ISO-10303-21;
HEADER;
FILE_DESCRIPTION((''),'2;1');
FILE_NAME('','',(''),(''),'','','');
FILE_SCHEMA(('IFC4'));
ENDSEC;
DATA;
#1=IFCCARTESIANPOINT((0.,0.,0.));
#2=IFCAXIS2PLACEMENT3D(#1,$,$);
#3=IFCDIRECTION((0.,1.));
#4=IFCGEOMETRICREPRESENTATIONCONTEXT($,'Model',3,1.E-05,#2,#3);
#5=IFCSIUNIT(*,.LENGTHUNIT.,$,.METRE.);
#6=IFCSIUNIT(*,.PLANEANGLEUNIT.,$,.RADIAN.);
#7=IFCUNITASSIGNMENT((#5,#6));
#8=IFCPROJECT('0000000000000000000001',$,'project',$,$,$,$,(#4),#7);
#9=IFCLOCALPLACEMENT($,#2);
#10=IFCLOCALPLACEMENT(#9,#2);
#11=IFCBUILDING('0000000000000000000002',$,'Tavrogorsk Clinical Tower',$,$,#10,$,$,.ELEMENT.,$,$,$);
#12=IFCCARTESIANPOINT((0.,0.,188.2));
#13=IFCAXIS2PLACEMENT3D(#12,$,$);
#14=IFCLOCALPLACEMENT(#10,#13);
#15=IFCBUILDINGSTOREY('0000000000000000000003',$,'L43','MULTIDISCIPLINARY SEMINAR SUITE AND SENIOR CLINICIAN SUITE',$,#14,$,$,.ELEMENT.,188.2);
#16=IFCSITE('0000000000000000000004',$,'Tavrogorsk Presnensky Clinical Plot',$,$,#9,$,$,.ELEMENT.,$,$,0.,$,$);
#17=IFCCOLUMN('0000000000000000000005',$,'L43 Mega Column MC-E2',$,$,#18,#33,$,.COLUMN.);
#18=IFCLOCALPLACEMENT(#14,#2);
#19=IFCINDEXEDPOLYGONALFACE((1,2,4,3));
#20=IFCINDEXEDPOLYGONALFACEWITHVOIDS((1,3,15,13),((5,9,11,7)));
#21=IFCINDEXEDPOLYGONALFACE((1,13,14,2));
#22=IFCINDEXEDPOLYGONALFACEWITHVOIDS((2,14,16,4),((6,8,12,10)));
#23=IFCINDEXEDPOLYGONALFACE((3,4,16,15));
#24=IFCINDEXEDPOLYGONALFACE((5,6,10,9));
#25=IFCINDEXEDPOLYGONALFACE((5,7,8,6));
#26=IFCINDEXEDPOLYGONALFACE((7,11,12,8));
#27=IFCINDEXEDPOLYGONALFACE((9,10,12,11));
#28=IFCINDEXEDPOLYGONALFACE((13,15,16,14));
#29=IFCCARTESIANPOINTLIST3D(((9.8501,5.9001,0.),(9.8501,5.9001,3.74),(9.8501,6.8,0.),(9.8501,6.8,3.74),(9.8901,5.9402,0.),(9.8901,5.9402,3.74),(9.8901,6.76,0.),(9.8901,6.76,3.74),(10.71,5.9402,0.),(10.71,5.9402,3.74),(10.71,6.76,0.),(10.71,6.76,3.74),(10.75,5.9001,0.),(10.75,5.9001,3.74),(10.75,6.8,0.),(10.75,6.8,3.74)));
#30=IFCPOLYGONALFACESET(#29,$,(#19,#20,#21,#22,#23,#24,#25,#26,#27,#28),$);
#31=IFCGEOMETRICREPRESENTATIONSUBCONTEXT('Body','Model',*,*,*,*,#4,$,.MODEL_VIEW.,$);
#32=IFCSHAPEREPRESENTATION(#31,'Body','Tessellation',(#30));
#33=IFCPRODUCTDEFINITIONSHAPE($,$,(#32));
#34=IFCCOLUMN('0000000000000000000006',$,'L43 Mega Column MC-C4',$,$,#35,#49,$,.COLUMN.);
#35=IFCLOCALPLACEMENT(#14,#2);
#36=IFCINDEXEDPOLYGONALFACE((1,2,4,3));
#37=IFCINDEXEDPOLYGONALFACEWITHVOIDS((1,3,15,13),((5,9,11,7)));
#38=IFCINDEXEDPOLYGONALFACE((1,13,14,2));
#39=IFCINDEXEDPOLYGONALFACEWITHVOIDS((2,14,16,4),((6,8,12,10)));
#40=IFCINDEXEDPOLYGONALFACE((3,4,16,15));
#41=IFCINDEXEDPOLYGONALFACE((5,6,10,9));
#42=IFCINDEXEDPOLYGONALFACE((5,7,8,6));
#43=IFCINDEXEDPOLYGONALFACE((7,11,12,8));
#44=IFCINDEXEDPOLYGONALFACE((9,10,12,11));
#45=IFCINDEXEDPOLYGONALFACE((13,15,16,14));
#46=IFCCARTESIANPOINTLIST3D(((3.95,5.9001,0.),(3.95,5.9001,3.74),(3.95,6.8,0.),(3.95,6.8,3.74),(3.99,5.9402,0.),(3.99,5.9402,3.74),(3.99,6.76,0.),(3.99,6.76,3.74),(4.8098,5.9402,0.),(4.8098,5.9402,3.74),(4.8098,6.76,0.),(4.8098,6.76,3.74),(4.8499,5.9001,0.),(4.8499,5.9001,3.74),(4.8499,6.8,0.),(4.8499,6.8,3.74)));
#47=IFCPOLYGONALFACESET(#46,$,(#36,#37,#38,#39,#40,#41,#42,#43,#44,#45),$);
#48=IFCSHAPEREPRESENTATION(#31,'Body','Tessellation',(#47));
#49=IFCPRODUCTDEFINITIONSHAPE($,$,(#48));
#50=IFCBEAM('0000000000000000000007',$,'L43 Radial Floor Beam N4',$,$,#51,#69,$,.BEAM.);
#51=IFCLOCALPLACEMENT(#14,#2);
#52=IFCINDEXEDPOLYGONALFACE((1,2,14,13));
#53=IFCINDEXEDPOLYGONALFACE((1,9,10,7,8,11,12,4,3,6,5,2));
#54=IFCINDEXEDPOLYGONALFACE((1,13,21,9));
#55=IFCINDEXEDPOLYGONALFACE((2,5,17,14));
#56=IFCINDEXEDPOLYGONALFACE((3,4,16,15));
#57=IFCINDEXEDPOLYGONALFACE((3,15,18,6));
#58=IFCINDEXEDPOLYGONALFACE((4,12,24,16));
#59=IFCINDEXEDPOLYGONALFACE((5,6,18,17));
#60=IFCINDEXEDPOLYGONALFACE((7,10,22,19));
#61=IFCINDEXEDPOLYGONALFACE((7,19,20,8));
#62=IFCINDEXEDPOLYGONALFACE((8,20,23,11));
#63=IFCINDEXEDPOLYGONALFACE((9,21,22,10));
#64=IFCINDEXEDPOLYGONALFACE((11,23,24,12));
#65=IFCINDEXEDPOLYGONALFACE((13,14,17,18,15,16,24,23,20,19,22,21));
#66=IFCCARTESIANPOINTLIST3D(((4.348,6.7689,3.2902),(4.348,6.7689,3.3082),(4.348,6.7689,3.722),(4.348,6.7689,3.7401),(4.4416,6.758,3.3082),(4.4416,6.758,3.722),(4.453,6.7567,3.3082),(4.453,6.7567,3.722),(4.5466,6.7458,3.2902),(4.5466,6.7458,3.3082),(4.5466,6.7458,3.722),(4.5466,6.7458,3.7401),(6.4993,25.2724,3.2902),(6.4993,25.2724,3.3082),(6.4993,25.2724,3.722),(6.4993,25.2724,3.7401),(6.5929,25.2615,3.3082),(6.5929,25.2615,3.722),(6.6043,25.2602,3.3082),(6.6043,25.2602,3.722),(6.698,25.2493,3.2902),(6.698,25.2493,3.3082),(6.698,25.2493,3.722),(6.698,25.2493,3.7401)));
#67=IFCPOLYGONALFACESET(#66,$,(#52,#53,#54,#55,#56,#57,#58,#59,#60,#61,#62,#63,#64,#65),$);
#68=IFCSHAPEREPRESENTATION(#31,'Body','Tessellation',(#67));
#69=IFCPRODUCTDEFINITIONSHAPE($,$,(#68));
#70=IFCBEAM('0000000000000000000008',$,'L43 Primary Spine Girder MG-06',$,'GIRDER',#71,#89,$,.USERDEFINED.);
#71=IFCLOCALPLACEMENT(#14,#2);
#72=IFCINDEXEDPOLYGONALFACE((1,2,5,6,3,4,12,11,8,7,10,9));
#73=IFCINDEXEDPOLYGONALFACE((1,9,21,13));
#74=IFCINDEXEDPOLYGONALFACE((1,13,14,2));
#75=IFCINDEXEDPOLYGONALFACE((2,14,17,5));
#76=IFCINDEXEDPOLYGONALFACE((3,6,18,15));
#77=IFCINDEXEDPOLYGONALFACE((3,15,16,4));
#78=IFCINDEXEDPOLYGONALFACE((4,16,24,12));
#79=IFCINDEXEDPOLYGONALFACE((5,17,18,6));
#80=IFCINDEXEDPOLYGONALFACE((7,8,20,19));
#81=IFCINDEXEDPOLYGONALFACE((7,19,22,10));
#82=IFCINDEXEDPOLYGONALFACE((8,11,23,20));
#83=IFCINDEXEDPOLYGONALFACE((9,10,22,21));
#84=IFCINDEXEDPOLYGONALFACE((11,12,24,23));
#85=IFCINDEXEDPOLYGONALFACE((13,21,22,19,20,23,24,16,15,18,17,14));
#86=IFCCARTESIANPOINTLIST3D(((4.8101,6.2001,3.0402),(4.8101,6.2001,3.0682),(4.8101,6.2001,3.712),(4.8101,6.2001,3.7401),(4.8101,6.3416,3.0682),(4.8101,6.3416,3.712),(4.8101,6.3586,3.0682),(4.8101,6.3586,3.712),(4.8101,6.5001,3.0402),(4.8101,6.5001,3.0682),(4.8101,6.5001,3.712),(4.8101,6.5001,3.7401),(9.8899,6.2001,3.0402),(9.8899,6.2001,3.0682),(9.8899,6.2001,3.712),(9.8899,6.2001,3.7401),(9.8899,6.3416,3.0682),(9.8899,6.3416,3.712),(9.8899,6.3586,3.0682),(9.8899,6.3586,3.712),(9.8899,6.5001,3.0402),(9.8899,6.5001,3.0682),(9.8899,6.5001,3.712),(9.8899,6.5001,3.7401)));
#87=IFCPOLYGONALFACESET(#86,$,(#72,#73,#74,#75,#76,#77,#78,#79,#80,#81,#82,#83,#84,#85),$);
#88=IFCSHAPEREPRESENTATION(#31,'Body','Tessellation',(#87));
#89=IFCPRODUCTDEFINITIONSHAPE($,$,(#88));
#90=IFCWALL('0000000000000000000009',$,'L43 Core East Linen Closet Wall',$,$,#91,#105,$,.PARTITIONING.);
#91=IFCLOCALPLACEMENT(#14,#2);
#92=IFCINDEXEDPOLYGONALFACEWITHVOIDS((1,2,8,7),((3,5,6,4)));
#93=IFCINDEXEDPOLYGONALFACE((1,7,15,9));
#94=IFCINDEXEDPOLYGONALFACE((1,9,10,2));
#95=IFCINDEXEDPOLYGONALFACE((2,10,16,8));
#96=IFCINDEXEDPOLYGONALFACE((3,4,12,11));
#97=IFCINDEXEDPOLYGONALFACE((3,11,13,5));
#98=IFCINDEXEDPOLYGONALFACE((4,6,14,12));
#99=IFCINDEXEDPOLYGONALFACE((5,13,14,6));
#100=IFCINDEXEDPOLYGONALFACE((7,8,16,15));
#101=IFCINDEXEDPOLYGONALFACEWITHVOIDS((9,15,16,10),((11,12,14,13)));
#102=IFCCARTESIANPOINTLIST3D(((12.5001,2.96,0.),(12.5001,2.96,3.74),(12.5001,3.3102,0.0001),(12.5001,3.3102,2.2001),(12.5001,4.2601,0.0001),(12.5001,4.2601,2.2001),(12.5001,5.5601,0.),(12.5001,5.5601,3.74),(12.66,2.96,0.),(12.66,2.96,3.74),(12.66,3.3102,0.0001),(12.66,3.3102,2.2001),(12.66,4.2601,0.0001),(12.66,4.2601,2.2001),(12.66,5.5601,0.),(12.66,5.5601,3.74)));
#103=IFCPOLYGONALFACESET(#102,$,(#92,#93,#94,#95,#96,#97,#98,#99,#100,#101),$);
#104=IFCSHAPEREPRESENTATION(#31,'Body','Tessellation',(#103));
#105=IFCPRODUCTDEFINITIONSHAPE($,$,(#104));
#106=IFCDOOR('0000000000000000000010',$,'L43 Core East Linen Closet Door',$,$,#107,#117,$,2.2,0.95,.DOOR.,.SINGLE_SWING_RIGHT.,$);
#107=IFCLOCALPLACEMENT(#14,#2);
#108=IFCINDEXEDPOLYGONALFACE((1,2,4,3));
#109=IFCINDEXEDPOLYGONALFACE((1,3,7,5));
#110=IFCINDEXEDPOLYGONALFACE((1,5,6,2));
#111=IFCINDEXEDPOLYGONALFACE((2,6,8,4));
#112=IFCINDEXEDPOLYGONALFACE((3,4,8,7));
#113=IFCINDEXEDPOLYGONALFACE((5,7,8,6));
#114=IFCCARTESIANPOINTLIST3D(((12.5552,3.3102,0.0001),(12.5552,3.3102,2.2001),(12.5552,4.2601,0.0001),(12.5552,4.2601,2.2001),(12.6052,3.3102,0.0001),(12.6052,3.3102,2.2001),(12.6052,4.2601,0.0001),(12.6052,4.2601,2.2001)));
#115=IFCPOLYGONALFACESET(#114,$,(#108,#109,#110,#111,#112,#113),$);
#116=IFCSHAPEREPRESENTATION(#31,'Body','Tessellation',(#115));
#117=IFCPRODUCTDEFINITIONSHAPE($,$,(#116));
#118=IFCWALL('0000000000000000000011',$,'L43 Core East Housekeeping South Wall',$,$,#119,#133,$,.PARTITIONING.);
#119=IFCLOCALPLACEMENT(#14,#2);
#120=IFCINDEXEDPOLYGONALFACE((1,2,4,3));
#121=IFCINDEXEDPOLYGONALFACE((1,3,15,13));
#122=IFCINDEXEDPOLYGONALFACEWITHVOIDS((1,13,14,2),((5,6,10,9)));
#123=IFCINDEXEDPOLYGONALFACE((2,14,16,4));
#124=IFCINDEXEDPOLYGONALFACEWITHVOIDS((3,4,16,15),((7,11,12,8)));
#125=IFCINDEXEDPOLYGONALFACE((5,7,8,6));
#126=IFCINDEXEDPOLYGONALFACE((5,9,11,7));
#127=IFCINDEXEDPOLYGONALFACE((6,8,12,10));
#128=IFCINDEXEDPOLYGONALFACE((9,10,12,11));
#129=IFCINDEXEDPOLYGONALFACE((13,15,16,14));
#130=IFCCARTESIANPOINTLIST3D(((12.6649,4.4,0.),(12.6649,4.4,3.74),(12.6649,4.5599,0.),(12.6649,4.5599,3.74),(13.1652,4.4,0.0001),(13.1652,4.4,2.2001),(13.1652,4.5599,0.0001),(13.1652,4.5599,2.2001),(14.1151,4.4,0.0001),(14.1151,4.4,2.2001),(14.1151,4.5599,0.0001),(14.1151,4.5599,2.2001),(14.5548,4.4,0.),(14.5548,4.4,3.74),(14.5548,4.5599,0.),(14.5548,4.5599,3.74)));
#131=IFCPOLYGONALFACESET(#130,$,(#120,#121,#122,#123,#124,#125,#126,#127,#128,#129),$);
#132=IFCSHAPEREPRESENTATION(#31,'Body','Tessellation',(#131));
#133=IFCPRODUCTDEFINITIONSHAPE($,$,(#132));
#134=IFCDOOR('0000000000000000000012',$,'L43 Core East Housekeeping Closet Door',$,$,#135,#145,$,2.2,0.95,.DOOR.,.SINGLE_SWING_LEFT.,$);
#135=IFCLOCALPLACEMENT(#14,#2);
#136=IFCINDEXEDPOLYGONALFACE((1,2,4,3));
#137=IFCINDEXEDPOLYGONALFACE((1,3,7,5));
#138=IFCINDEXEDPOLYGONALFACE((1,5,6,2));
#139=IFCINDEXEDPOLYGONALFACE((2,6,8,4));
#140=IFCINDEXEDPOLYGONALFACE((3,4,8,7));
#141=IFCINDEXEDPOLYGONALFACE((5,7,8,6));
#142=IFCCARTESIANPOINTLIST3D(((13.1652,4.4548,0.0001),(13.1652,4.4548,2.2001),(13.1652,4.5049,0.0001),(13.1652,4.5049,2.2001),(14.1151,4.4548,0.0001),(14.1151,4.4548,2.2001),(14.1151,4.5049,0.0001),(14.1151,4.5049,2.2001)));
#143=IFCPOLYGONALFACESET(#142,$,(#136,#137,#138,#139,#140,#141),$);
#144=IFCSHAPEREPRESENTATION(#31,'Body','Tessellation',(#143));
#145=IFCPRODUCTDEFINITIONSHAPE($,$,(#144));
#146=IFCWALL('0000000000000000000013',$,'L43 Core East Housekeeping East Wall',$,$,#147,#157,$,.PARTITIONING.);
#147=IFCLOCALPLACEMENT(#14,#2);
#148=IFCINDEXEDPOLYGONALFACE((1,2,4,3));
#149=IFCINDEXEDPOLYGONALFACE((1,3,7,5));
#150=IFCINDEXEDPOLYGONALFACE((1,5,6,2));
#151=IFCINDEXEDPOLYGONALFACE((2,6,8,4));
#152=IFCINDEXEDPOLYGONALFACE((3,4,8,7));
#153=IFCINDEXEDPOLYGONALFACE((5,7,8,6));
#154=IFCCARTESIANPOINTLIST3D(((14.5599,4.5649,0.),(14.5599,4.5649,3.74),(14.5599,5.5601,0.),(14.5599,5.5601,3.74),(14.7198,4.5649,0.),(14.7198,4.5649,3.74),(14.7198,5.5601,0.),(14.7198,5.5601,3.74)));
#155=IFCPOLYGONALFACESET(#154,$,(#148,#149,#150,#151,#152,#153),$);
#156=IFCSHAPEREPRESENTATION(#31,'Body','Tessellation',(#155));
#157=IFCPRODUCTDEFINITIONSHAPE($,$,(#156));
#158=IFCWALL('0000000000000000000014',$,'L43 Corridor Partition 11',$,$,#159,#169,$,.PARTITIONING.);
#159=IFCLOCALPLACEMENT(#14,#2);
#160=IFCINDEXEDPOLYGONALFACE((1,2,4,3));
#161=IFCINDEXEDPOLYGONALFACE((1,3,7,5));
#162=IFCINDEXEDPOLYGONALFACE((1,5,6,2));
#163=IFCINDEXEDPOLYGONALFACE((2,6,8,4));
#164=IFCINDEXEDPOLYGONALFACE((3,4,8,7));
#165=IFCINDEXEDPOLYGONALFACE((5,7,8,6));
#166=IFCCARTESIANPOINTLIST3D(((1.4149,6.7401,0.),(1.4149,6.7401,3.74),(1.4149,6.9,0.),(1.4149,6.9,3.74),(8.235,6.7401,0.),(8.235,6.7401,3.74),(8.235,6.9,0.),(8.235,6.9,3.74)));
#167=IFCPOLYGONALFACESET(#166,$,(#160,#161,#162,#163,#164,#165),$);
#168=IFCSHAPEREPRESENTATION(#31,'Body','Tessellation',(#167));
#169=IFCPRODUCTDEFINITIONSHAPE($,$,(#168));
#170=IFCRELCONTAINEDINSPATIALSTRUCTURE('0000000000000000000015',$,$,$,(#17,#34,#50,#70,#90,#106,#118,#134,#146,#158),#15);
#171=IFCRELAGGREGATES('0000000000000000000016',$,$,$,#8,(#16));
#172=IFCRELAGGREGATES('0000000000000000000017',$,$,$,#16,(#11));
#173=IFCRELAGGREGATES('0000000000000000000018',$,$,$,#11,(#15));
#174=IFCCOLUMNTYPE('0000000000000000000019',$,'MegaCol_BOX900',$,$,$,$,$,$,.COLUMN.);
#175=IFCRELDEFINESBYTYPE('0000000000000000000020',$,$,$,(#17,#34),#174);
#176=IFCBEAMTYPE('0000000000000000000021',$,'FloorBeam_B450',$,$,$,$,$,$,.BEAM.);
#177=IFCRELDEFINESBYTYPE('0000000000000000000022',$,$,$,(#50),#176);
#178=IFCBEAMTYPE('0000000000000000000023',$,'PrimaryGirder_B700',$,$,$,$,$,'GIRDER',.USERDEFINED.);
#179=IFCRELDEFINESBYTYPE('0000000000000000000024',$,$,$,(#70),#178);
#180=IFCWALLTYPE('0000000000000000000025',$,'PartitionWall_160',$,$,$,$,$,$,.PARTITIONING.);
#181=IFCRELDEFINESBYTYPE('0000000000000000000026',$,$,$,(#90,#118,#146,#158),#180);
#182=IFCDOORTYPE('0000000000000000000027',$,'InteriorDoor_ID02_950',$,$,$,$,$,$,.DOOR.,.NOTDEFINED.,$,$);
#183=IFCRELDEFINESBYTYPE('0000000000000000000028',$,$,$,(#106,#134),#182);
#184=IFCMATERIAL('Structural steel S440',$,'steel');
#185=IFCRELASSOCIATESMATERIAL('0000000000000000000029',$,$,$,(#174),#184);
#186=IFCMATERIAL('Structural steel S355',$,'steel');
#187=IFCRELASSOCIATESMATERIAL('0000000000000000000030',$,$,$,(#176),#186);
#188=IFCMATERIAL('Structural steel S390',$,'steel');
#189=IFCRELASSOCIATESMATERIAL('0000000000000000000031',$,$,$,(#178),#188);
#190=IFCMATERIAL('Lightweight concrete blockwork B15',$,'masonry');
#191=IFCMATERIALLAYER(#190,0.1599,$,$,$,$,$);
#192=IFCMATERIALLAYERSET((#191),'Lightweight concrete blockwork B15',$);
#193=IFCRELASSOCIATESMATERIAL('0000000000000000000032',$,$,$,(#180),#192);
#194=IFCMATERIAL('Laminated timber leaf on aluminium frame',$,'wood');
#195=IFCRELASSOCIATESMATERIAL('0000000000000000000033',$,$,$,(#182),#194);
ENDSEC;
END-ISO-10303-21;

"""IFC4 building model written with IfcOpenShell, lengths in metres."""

from ifc_helpers import new_model, si_unit, direction, frame, frame_2d, origin, origin_2d, place, context, subcontext, project, spatial, rectangle, hollow_rectangle, i_section, extrude, material, layer, layer_set, material_profile, profile_set, type_object, element, fill, save


model = new_model("IFC4")

# Units and contexts
model_context = context("Model", 3, precision=1e-05, world=origin(), true_north=direction((0.0, 1.0)))
body_context = subcontext(model_context, "Body", "Model", "MODEL_VIEW")
ifc_project = project(units=[si_unit("LENGTHUNIT", "METRE"), si_unit("PLANEANGLEUNIT", "RADIAN")], contexts=[model_context])

# Site, building, storey
site_placement = place(None, origin())
site = spatial("IfcSite", under=ifc_project, at=site_placement, Name="Tavrogorsk Presnensky Clinical Plot", CompositionType="ELEMENT", RefElevation=0.0)
building_placement = place(site_placement, origin())
building = spatial("IfcBuilding", under=site, at=building_placement, Name="Tavrogorsk Clinical Tower", CompositionType="ELEMENT")
storey_placement = place(building_placement, frame((0.0, 0.0, 188.2)))
storey = spatial("IfcBuildingStorey", under=building, at=storey_placement, Name="L43", Description="MULTIDISCIPLINARY SEMINAR SUITE AND SENIOR CLINICIAN SUITE", CompositionType="ELEMENT", Elevation=188.2)

# Columns
ifc_material_1 = material(Name="Structural steel S440", Category="steel")
ifc_material_profile_1 = material_profile(ifc_material_1, hollow_rectangle(XDim=0.8999, YDim=0.8999, WallThickness=0.04, at=origin_2d()), Name="BOX-900x900x40")
ifc_profile_set_1 = profile_set([ifc_material_profile_1], Name="Structural steel S440")
column_type = type_object("IfcColumnType", Name="MegaCol_BOX900", PredefinedType="COLUMN", material=ifc_profile_set_1)
for number, where, z_axis, x_axis, name in (
    (1, (10.3, 6.3501, 0.0), (0.0, 0.0, 1.0), (1.0, 0.0, 0.0), "L43 Mega Column MC-E2"),
    (2, (4.3999, 6.3501, 0.0), (0.0, 0.0, 1.0), (1.0, 0.0, 0.0), "L43 Mega Column MC-C4"),
):
    element("IfcColumn", number, at=place(storey_placement, frame(where, z_axis=z_axis, x_axis=x_axis)), inside=storey, type_object=column_type, Name=name, PredefinedType="COLUMN", context=body_context, shape_type="SweptSolid", body=[
        extrude(hollow_rectangle(XDim=0.8999, YDim=0.8999, WallThickness=0.04, at=origin_2d()), origin(), (0.0, 0.0, 1.0), 3.74),
    ])

# Beams
ifc_material_2 = material(Name="Structural steel S355", Category="steel")
ifc_material_profile_2 = material_profile(ifc_material_2, i_section(OverallWidth=0.2, OverallDepth=0.45, WebThickness=0.0115, FlangeThickness=0.0181, at=origin_2d()), Name="B-450x200x11.5x18")
ifc_profile_set_2 = profile_set([ifc_material_profile_2], Name="Structural steel S355")
beam_type_1 = type_object("IfcBeamType", Name="FloorBeam_B450", PredefinedType="BEAM", material=ifc_profile_set_2)
beam_1_placement = place(storey_placement, frame((4.4473, 6.7573, 3.5151), z_axis=(0.115491, 0.993309, 0.0), x_axis=(-0.993309, 0.115491, 0.0)))
element("IfcBeam", 3, at=beam_1_placement, inside=storey, type_object=beam_type_1, Name="L43 Radial Floor Beam N4", PredefinedType="BEAM", context=body_context, shape_type="SweptSolid", body=[
    extrude(i_section(OverallWidth=0.2, OverallDepth=0.45, WebThickness=0.0115, FlangeThickness=0.0181, at=origin_2d()), origin(), (0.0, 0.0, 1.0), 18.6282),
])
ifc_material_3 = material(Name="Structural steel S390", Category="steel")
ifc_material_profile_3 = material_profile(ifc_material_3, i_section(OverallWidth=0.3, OverallDepth=0.7, WebThickness=0.0171, FlangeThickness=0.0281, at=origin_2d()), Name="B-700x300x17x28")
ifc_profile_set_3 = profile_set([ifc_material_profile_3], Name="Structural steel S390")
beam_type_2 = type_object("IfcBeamType", Name="PrimaryGirder_B700", ElementType="GIRDER", PredefinedType="USERDEFINED", material=ifc_profile_set_3)
beam_2_placement = place(storey_placement, frame((4.8101, 6.3501, 3.3901), z_axis=(1.0, 0.0, 0.0), x_axis=(0.0, 1.0, 0.0)))
element("IfcBeam", 4, at=beam_2_placement, inside=storey, type_object=beam_type_2, Name="L43 Primary Spine Girder MG-06", ObjectType="GIRDER", PredefinedType="USERDEFINED", context=body_context, shape_type="SweptSolid", body=[
    extrude(i_section(OverallWidth=0.3, OverallDepth=0.7, WebThickness=0.0171, FlangeThickness=0.0281, at=origin_2d()), origin(), (0.0, 0.0, 1.0), 5.0798),
])

# Walls, openings, doors
ifc_material_4 = material(Name="Lightweight concrete blockwork B15", Category="masonry")
ifc_layer_1 = layer(ifc_material_4, 0.1599)
ifc_layer_set_1 = layer_set([ifc_layer_1], Name="Lightweight concrete blockwork B15")
wall_type_1 = type_object("IfcWallType", Name="PartitionWall_160", PredefinedType="PARTITIONING", material=ifc_layer_set_1)
wall_1_placement = place(storey_placement, frame((12.5801, 2.96, 0.0), z_axis=(0.0, 0.0, 1.0), x_axis=(0.0, 1.0, 0.0)))
wall_1 = element("IfcWall", 5, at=wall_1_placement, inside=storey, type_object=wall_type_1, Name="L43 Core East Linen Closet Wall", PredefinedType="PARTITIONING", context=body_context, shape_type="SweptSolid", body=[
    extrude(rectangle(XDim=2.6001, YDim=0.1599, at=frame_2d((1.3, 0.0))), origin(), (0.0, 0.0, 1.0), 3.74),
])
opening_1_placement = place(wall_1_placement, frame((0.3501, 0.0, 0.0)))
opening_1 = element("IfcOpeningElement", 6, at=opening_1_placement, cuts=wall_1, PredefinedType="OPENING", context=body_context, shape_type="SweptSolid", body=[
    extrude(rectangle(XDim=0.95, YDim=2.2, at=frame_2d((0.4751, 1.1001))), frame((0.0, 0.0898, 0.0), z_axis=(0.0, -1.0, 0.0), x_axis=(1.0, 0.0, 0.0)), (0.0, 0.0, 1.0), 0.1799),
])
ifc_material_5 = material(Name="Laminated timber leaf on aluminium frame", Category="wood")
door_type_1 = type_object("IfcDoorType", Name="InteriorDoor_ID02_950", OperationType="NOTDEFINED", PredefinedType="DOOR", material=ifc_material_5)
door_1_placement = place(opening_1_placement, origin())
door_1 = element("IfcDoor", 7, at=door_1_placement, inside=storey, type_object=door_type_1, Name="L43 Core East Linen Closet Door", OperationType="SINGLE_SWING_RIGHT", OverallHeight=2.2, OverallWidth=0.95, PredefinedType="DOOR", context=body_context, shape_type="SweptSolid", body=[
    extrude(rectangle(XDim=0.95, YDim=2.2, at=frame_2d((0.4751, 1.1001))), frame((0.0, 0.0249, 0.0), z_axis=(0.0, -1.0, 0.0), x_axis=(1.0, 0.0, 0.0)), (0.0, 0.0, 1.0), 0.05),
])
fill(opening_1, door_1)
wall_2_placement = place(storey_placement, frame((12.665, 4.48, 0.0), z_axis=(0.0, 0.0, 1.0), x_axis=(1.0, 0.0, 0.0)))
wall_2 = element("IfcWall", 8, at=wall_2_placement, inside=storey, type_object=wall_type_1, Name="L43 Core East Housekeeping South Wall", PredefinedType="PARTITIONING", context=body_context, shape_type="SweptSolid", body=[
    extrude(rectangle(XDim=1.8899, YDim=0.1599, at=frame_2d((0.9448, 0.0))), origin(), (0.0, 0.0, 1.0), 3.74),
])
opening_2_placement = place(wall_2_placement, frame((0.5, 0.0, 0.0)))
opening_2 = element("IfcOpeningElement", 9, at=opening_2_placement, cuts=wall_2, PredefinedType="OPENING", context=body_context, shape_type="SweptSolid", body=[
    extrude(rectangle(XDim=0.95, YDim=2.2, at=frame_2d((0.4751, 1.1001))), frame((0.0, 0.0898, 0.0), z_axis=(0.0, -1.0, 0.0), x_axis=(1.0, 0.0, 0.0)), (0.0, 0.0, 1.0), 0.1799),
])
door_2_placement = place(opening_2_placement, origin())
door_2 = element("IfcDoor", 10, at=door_2_placement, inside=storey, type_object=door_type_1, Name="L43 Core East Housekeeping Closet Door", OperationType="SINGLE_SWING_LEFT", OverallHeight=2.2, OverallWidth=0.95, PredefinedType="DOOR", context=body_context, shape_type="SweptSolid", body=[
    extrude(rectangle(XDim=0.95, YDim=2.2, at=frame_2d((0.4751, 1.1001))), frame((0.0, 0.0249, 0.0), z_axis=(0.0, -1.0, 0.0), x_axis=(1.0, 0.0, 0.0)), (0.0, 0.0, 1.0), 0.05),
])
fill(opening_2, door_2)

# Walls
wall_3_placement = place(storey_placement, frame((14.6399, 4.5649, 0.0), z_axis=(0.0, 0.0, 1.0), x_axis=(0.0, 1.0, 0.0)))
element("IfcWall", 11, at=wall_3_placement, inside=storey, type_object=wall_type_1, Name="L43 Core East Housekeeping East Wall", PredefinedType="PARTITIONING", context=body_context, shape_type="SweptSolid", body=[
    extrude(rectangle(XDim=0.9951, YDim=0.1599, at=frame_2d((0.4976, 0.0))), origin(), (0.0, 0.0, 1.0), 3.74),
])
wall_4_placement = place(storey_placement, frame((8.2351, 6.8201, 0.0), z_axis=(0.0, 0.0, 1.0), x_axis=(-1.0, 0.0, 0.0)))
element("IfcWall", 12, at=wall_4_placement, inside=storey, type_object=wall_type_1, Name="L43 Corridor Partition 11", PredefinedType="PARTITIONING", context=body_context, shape_type="SweptSolid", body=[
    extrude(rectangle(XDim=6.8201, YDim=0.1599, at=frame_2d((3.4102, 0.0))), origin(), (0.0, 0.0, 1.0), 3.74),
])

save(model, "model.ifc")
